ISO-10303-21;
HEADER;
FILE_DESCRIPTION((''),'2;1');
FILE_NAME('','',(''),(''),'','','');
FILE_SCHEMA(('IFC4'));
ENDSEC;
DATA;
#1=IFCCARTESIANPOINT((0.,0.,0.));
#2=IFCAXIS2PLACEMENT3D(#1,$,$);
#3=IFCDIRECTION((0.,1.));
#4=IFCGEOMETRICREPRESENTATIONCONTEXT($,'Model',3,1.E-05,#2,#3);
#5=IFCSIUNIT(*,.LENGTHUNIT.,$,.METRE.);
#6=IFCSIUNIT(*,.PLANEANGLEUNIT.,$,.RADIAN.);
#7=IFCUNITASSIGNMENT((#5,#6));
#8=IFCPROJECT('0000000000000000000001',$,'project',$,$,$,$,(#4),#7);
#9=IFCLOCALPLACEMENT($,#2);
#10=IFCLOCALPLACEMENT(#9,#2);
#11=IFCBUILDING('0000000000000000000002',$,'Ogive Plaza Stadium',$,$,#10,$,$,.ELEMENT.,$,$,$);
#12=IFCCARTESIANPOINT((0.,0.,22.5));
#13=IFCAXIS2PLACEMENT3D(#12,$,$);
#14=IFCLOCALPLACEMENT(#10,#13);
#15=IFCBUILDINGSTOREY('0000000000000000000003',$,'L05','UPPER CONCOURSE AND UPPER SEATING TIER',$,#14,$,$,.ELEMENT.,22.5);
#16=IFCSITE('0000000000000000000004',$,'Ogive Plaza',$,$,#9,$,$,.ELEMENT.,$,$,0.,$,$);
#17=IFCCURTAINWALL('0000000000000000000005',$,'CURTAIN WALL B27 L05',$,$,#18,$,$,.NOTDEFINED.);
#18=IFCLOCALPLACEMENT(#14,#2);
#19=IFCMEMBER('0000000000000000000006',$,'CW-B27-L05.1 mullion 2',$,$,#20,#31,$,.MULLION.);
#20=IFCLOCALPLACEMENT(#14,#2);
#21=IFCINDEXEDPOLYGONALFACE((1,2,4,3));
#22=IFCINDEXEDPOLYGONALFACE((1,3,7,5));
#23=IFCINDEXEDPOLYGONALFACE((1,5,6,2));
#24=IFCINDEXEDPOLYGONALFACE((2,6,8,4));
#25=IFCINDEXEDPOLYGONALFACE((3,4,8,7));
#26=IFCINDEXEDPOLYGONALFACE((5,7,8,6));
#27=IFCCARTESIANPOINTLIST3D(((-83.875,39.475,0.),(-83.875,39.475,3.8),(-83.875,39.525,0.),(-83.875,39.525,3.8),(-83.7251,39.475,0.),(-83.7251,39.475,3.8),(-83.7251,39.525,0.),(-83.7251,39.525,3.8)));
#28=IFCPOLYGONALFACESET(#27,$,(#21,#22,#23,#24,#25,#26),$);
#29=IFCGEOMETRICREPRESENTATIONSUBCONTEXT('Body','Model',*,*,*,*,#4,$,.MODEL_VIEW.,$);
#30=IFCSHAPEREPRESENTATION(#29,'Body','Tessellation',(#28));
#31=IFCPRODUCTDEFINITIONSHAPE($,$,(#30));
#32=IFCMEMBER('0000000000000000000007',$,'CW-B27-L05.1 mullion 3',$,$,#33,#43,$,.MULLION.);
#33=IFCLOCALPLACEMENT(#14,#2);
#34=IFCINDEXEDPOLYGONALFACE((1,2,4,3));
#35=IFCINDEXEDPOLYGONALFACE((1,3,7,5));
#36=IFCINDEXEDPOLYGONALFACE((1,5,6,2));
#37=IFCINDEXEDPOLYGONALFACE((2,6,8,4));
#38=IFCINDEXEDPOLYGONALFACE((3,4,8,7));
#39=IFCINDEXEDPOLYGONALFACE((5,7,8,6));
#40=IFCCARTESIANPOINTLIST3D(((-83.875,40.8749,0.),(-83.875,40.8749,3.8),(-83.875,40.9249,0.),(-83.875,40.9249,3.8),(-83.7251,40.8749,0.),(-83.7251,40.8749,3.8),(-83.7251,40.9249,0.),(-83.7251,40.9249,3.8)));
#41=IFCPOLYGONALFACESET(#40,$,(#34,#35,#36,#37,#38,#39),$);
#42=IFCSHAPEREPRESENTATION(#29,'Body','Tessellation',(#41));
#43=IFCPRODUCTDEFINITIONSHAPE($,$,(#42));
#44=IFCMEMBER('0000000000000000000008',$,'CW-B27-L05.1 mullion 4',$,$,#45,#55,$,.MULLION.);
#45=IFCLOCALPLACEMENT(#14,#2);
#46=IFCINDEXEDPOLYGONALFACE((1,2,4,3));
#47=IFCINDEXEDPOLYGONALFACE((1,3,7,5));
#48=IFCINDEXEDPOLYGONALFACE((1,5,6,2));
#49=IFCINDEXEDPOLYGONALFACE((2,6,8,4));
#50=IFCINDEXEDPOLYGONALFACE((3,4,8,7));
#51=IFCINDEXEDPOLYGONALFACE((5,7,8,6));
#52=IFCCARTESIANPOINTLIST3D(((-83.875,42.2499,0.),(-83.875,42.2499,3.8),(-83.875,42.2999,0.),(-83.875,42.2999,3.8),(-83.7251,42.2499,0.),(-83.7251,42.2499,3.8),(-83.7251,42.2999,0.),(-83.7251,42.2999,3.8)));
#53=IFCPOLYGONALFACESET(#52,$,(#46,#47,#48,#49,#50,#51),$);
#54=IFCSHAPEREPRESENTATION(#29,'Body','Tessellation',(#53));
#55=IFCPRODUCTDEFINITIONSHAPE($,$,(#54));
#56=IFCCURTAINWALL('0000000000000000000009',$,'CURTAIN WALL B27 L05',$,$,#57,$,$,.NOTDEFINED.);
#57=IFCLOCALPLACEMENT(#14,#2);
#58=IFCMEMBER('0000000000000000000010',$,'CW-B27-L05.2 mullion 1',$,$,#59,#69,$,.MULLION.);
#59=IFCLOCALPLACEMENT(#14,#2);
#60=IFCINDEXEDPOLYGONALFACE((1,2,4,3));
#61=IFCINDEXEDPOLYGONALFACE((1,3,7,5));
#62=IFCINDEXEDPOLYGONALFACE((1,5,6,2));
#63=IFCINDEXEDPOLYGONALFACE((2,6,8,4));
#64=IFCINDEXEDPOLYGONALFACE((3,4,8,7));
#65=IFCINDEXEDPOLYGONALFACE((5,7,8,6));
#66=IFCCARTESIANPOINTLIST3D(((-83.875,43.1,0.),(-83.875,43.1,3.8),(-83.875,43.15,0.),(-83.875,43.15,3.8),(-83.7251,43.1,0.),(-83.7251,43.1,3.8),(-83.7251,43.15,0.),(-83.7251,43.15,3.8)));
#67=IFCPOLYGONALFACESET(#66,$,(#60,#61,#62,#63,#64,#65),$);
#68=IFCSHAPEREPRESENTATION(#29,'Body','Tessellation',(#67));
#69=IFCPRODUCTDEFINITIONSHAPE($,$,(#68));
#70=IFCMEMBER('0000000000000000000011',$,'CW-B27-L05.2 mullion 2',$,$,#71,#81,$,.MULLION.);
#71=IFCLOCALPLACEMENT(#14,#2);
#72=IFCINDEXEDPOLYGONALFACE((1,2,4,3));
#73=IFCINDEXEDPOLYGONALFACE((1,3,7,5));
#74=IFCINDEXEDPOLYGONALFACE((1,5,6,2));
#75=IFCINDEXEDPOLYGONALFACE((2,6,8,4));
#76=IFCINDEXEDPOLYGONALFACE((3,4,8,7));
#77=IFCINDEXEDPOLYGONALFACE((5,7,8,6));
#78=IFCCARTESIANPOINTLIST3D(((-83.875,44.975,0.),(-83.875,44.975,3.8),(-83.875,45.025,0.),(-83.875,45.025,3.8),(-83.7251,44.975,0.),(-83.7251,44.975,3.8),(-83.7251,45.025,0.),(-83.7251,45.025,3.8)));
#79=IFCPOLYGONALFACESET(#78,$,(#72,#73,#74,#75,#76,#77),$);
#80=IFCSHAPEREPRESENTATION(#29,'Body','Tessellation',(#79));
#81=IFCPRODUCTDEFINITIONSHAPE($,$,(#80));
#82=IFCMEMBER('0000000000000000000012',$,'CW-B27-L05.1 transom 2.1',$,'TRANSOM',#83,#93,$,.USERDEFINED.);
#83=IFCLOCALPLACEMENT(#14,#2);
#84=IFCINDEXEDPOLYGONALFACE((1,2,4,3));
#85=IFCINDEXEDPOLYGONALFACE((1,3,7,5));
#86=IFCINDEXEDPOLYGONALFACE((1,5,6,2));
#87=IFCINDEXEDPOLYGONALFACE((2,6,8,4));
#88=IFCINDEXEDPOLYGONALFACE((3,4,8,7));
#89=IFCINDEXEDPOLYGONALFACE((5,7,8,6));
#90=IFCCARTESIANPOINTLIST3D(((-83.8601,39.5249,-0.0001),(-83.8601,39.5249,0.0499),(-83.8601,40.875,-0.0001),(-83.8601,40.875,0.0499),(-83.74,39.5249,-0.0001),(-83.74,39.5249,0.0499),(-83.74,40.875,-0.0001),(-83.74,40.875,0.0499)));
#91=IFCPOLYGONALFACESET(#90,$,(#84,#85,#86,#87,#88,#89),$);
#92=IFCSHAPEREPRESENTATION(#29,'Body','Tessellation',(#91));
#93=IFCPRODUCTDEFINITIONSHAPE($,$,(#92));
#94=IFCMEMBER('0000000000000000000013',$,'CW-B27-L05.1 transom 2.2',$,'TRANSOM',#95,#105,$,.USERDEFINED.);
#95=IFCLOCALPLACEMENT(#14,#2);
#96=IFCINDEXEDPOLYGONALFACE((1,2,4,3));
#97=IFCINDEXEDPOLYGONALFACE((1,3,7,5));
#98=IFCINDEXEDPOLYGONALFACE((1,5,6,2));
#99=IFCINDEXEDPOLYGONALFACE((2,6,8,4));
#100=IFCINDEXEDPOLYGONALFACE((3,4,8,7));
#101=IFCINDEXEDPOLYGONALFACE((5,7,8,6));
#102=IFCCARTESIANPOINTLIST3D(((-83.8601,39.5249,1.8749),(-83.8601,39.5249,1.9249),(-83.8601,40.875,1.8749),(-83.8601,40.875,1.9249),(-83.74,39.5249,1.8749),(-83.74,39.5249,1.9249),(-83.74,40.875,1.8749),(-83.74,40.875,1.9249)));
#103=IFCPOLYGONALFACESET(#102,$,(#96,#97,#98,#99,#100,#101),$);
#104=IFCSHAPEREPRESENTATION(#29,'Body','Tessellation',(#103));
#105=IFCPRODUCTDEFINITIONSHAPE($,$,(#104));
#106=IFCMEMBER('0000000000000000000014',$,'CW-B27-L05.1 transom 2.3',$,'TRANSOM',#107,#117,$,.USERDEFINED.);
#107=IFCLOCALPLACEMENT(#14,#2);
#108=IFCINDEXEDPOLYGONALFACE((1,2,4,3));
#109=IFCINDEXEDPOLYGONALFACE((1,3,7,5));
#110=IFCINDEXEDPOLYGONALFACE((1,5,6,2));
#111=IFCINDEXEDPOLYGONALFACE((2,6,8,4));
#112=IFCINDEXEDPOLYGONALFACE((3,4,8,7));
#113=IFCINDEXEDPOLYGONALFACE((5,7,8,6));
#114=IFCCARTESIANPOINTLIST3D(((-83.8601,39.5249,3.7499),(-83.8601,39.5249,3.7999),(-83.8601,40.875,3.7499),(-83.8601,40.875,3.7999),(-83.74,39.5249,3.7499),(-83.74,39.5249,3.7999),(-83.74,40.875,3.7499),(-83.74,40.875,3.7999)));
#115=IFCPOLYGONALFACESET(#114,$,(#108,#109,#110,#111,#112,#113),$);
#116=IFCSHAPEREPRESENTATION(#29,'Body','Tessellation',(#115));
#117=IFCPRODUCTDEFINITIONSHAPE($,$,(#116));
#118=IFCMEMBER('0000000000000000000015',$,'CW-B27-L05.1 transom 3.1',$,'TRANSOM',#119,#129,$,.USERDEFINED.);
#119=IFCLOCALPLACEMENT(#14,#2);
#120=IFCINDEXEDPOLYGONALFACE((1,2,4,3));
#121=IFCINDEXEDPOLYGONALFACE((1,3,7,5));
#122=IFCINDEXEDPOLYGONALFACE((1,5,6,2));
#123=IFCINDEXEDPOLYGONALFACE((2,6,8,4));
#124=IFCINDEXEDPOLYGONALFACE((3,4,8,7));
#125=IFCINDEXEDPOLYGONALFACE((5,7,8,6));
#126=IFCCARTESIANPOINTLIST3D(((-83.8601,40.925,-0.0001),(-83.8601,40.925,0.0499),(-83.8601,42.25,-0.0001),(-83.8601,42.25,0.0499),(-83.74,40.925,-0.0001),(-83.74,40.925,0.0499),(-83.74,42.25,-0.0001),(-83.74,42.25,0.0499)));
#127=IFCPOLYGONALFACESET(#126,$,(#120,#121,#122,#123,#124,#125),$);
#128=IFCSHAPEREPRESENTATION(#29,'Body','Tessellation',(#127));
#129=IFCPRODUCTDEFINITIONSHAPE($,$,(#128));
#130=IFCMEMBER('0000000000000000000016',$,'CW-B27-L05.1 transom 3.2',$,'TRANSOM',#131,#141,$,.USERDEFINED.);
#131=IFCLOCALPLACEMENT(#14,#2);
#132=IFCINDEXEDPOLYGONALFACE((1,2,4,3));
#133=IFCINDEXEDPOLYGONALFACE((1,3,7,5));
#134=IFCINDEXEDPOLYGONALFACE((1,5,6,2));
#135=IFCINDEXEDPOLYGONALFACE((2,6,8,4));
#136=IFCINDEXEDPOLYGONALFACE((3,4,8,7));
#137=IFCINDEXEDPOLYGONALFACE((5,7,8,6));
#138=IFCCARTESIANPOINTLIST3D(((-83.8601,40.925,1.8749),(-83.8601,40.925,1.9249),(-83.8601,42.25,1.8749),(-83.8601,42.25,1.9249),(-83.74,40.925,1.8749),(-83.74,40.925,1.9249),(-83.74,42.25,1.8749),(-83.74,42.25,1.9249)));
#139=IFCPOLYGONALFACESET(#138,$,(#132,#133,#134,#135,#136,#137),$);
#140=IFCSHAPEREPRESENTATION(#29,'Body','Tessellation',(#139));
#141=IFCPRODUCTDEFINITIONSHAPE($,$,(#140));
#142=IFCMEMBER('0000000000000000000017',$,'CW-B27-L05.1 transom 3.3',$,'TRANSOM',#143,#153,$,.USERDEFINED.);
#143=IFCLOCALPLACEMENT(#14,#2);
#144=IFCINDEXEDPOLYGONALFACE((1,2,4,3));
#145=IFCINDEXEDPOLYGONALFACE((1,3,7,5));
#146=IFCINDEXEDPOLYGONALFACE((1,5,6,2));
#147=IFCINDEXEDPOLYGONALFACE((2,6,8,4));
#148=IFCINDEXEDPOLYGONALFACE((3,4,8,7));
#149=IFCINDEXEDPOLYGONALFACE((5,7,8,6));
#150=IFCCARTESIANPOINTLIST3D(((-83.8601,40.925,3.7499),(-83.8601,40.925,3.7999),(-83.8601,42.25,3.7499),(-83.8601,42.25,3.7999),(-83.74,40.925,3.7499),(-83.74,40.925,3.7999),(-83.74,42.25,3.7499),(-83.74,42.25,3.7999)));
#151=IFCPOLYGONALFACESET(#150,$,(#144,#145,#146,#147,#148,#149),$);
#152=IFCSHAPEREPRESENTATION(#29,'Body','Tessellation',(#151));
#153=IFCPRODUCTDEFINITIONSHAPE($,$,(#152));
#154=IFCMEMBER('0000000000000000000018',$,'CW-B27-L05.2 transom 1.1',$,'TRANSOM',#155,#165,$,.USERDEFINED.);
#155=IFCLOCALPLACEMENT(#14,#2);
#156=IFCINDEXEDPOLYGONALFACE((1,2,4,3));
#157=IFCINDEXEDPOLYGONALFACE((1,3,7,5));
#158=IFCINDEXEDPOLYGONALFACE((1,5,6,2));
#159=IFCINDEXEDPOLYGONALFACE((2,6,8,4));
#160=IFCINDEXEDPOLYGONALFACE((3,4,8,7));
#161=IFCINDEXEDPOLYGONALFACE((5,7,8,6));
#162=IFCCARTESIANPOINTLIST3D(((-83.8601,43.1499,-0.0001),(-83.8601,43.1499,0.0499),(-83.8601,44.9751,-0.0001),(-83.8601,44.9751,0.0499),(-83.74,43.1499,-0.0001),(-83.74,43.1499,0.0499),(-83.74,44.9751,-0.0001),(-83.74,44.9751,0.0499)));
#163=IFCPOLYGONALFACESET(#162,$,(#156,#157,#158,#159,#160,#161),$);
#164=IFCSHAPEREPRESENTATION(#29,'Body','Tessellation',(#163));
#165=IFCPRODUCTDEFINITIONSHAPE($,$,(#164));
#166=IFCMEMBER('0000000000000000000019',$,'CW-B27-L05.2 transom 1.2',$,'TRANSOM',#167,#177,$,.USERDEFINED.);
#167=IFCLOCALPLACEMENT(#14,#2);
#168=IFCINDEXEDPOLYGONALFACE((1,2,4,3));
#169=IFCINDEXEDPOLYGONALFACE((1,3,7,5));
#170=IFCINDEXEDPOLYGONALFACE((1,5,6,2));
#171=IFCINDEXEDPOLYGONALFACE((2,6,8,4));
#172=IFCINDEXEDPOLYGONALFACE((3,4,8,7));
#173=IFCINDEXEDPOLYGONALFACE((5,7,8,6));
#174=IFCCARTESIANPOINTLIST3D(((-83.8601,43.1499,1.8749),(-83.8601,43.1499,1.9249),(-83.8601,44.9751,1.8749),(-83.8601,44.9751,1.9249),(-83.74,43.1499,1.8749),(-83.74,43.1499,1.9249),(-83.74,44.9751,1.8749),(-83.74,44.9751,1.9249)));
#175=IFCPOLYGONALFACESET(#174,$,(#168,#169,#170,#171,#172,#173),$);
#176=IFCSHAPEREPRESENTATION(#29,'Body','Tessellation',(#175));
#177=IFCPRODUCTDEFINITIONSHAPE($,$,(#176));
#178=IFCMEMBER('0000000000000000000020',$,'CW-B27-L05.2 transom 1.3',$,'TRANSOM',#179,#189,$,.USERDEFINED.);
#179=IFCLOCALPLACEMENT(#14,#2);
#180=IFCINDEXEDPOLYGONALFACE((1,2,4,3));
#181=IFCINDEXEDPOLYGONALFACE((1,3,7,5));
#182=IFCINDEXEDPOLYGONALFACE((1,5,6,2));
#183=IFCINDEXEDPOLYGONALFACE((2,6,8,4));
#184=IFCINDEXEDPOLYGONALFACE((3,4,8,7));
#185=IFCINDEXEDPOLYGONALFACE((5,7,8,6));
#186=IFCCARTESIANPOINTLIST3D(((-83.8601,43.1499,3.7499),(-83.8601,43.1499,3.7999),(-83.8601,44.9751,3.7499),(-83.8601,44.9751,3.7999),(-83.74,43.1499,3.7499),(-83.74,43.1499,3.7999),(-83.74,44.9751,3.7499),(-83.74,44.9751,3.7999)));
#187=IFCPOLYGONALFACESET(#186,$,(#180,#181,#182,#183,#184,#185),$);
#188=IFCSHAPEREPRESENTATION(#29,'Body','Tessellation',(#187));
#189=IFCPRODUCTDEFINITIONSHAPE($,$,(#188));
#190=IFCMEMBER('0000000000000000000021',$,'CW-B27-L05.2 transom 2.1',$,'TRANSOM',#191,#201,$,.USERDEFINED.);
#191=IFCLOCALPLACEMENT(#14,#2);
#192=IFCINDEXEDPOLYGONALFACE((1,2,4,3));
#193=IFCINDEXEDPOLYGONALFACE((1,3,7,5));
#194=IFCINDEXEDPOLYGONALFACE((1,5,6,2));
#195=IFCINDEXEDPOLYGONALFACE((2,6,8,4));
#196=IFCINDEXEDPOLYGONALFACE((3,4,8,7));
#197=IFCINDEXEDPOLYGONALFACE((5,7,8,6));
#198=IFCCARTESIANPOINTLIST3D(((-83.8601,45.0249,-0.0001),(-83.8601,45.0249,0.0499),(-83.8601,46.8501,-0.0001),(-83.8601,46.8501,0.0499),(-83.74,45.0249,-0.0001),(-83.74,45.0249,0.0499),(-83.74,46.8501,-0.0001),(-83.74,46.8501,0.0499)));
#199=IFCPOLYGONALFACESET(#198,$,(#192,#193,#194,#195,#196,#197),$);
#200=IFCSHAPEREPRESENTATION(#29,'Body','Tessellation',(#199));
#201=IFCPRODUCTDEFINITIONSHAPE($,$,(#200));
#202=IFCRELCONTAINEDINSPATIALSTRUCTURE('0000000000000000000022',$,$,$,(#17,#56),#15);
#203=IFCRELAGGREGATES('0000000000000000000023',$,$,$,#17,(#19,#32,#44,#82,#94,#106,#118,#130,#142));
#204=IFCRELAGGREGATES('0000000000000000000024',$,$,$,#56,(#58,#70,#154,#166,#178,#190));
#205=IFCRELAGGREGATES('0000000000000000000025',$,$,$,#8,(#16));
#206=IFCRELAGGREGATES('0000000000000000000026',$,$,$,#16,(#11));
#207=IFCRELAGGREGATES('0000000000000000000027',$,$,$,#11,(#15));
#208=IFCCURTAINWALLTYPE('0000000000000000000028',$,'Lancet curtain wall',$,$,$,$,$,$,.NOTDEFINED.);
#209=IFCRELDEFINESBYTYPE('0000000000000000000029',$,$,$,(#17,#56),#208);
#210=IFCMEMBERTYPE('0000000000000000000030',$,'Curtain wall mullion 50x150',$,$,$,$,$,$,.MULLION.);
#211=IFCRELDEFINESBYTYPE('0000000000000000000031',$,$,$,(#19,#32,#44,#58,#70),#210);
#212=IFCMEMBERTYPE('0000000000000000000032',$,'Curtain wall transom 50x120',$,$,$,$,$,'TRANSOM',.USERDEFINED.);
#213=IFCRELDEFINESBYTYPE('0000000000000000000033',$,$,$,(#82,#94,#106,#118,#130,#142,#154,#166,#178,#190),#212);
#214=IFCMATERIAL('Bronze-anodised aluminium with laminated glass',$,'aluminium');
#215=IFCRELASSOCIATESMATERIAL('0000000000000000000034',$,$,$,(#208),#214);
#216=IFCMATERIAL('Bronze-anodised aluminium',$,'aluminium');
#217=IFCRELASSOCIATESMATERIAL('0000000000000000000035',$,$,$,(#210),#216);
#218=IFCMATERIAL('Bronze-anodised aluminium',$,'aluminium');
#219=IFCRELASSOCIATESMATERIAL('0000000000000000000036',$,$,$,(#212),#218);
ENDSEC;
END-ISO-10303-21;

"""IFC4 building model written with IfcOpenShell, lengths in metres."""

from ifc_helpers import new_model, si_unit, direction, frame, origin, origin_2d, place, context, subcontext, project, spatial, rectangle, extrude, material, material_profile, profile_set, type_object, element, aggregate, save


model = new_model("IFC4")

# Units and contexts
model_context = context("Model", 3, precision=1e-05, world=origin(), true_north=direction((0.0, 1.0)))
body_context = subcontext(model_context, "Body", "Model", "MODEL_VIEW")
ifc_project = project(units=[si_unit("LENGTHUNIT", "METRE"), si_unit("PLANEANGLEUNIT", "RADIAN")], contexts=[model_context])

# Site, building, storey
site_placement = place(None, origin())
site = spatial("IfcSite", under=ifc_project, at=site_placement, Name="Ogive Plaza", CompositionType="ELEMENT", RefElevation=0.0)
building_placement = place(site_placement, origin())
building = spatial("IfcBuilding", under=site, at=building_placement, Name="Ogive Plaza Stadium", CompositionType="ELEMENT")
storey_placement = place(building_placement, frame((0.0, 0.0, 22.5)))
storey = spatial("IfcBuildingStorey", under=building, at=storey_placement, Name="L05", Description="UPPER CONCOURSE AND UPPER SEATING TIER", CompositionType="ELEMENT", Elevation=22.5)

# Curtain walls, members
ifc_material_1 = material(Name="Bronze-anodised aluminium with laminated glass", Category="aluminium")
curtain_wall_type = type_object("IfcCurtainWallType", Name="Lancet curtain wall", PredefinedType="NOTDEFINED", material=ifc_material_1)
curtain_wall_1_placement = place(storey_placement, origin())
curtain_wall_1 = element("IfcCurtainWall", 1, at=curtain_wall_1_placement, inside=storey, type_object=curtain_wall_type, Name="CURTAIN WALL B27 L05", PredefinedType="NOTDEFINED")
ifc_material_2 = material(Name="Bronze-anodised aluminium", Category="aluminium")
ifc_material_profile_1 = material_profile(ifc_material_2, rectangle(XDim=0.1499, YDim=0.05, at=origin_2d()), Name="AL 150x50")
ifc_profile_set_1 = profile_set([ifc_material_profile_1], Name="Bronze-anodised aluminium")
member_type_1 = type_object("IfcMemberType", Name="Curtain wall mullion 50x150", PredefinedType="MULLION", material=ifc_profile_set_1)
member_1_placement = place(storey_placement, frame((-83.8, 39.5, 0.0), z_axis=(0.0, 0.0, 1.0), x_axis=(-1.0, 0.0, 0.0)))
member_1 = element("IfcMember", 2, at=member_1_placement, type_object=member_type_1, Name="CW-B27-L05.1 mullion 2", PredefinedType="MULLION", context=body_context, shape_type="SweptSolid", body=[
    extrude(rectangle(XDim=0.1499, YDim=0.05, at=origin_2d()), origin(), (0.0, 0.0, 1.0), 3.8),
])
member_2_placement = place(storey_placement, frame((-83.8, 40.8999, 0.0), z_axis=(0.0, 0.0, 1.0), x_axis=(-1.0, 0.0, 0.0)))
member_2 = element("IfcMember", 3, at=member_2_placement, type_object=member_type_1, Name="CW-B27-L05.1 mullion 3", PredefinedType="MULLION", context=body_context, shape_type="SweptSolid", body=[
    extrude(rectangle(XDim=0.1499, YDim=0.05, at=origin_2d()), origin(), (0.0, 0.0, 1.0), 3.8),
])
member_3_placement = place(storey_placement, frame((-83.8, 42.2749, 0.0), z_axis=(0.0, 0.0, 1.0), x_axis=(-1.0, 0.0, 0.0)))
member_3 = element("IfcMember", 4, at=member_3_placement, type_object=member_type_1, Name="CW-B27-L05.1 mullion 4", PredefinedType="MULLION", context=body_context, shape_type="SweptSolid", body=[
    extrude(rectangle(XDim=0.1499, YDim=0.05, at=origin_2d()), origin(), (0.0, 0.0, 1.0), 3.8),
])
curtain_wall_2_placement = place(storey_placement, origin())
curtain_wall_2 = element("IfcCurtainWall", 5, at=curtain_wall_2_placement, inside=storey, type_object=curtain_wall_type, Name="CURTAIN WALL B27 L05", PredefinedType="NOTDEFINED")
member_4_placement = place(storey_placement, frame((-83.8, 43.125, 0.0), z_axis=(0.0, 0.0, 1.0), x_axis=(-1.0, 0.0, 0.0)))
member_4 = element("IfcMember", 6, at=member_4_placement, type_object=member_type_1, Name="CW-B27-L05.2 mullion 1", PredefinedType="MULLION", context=body_context, shape_type="SweptSolid", body=[
    extrude(rectangle(XDim=0.1499, YDim=0.05, at=origin_2d()), origin(), (0.0, 0.0, 1.0), 3.8),
])
member_5_placement = place(storey_placement, frame((-83.8, 45.0, 0.0), z_axis=(0.0, 0.0, 1.0), x_axis=(-1.0, 0.0, 0.0)))
member_5 = element("IfcMember", 7, at=member_5_placement, type_object=member_type_1, Name="CW-B27-L05.2 mullion 2", PredefinedType="MULLION", context=body_context, shape_type="SweptSolid", body=[
    extrude(rectangle(XDim=0.1499, YDim=0.05, at=origin_2d()), origin(), (0.0, 0.0, 1.0), 3.8),
])

# Members
ifc_material_3 = material(Name="Bronze-anodised aluminium", Category="aluminium")
ifc_material_profile_2 = material_profile(ifc_material_3, rectangle(XDim=0.1201, YDim=0.05, at=origin_2d()), Name="AL 120x50")
ifc_profile_set_2 = profile_set([ifc_material_profile_2], Name="Bronze-anodised aluminium")
member_type_2 = type_object("IfcMemberType", Name="Curtain wall transom 50x120", ElementType="TRANSOM", PredefinedType="USERDEFINED", material=ifc_profile_set_2)
member_6_placement = place(storey_placement, frame((-83.8, 39.5249, 0.0249), z_axis=(0.0, 1.0, 0.0), x_axis=(-1.0, 0.0, 0.0)))
member_6 = element("IfcMember", 8, at=member_6_placement, type_object=member_type_2, Name="CW-B27-L05.1 transom 2.1", ObjectType="TRANSOM", PredefinedType="USERDEFINED", context=body_context, shape_type="SweptSolid", body=[
    extrude(rectangle(XDim=0.1201, YDim=0.05, at=origin_2d()), origin(), (0.0, 0.0, 1.0), 1.3501),
])
member_7_placement = place(storey_placement, frame((-83.8, 39.5249, 1.8999), z_axis=(0.0, 1.0, 0.0), x_axis=(-1.0, 0.0, 0.0)))
member_7 = element("IfcMember", 9, at=member_7_placement, type_object=member_type_2, Name="CW-B27-L05.1 transom 2.2", ObjectType="TRANSOM", PredefinedType="USERDEFINED", context=body_context, shape_type="SweptSolid", body=[
    extrude(rectangle(XDim=0.1201, YDim=0.05, at=origin_2d()), origin(), (0.0, 0.0, 1.0), 1.3501),
])
member_8_placement = place(storey_placement, frame((-83.8, 39.5249, 3.7749), z_axis=(0.0, 1.0, 0.0), x_axis=(-1.0, 0.0, 0.0)))
member_8 = element("IfcMember", 10, at=member_8_placement, type_object=member_type_2, Name="CW-B27-L05.1 transom 2.3", ObjectType="TRANSOM", PredefinedType="USERDEFINED", context=body_context, shape_type="SweptSolid", body=[
    extrude(rectangle(XDim=0.1201, YDim=0.05, at=origin_2d()), origin(), (0.0, 0.0, 1.0), 1.3501),
])
member_9_placement = place(storey_placement, frame((-83.8, 40.925, 0.0249), z_axis=(0.0, 1.0, 0.0), x_axis=(-1.0, 0.0, 0.0)))
member_9 = element("IfcMember", 11, at=member_9_placement, type_object=member_type_2, Name="CW-B27-L05.1 transom 3.1", ObjectType="TRANSOM", PredefinedType="USERDEFINED", context=body_context, shape_type="SweptSolid", body=[
    extrude(rectangle(XDim=0.1201, YDim=0.05, at=origin_2d()), origin(), (0.0, 0.0, 1.0), 1.325),
])
member_10_placement = place(storey_placement, frame((-83.8, 40.925, 1.8999), z_axis=(0.0, 1.0, 0.0), x_axis=(-1.0, 0.0, 0.0)))
member_10 = element("IfcMember", 12, at=member_10_placement, type_object=member_type_2, Name="CW-B27-L05.1 transom 3.2", ObjectType="TRANSOM", PredefinedType="USERDEFINED", context=body_context, shape_type="SweptSolid", body=[
    extrude(rectangle(XDim=0.1201, YDim=0.05, at=origin_2d()), origin(), (0.0, 0.0, 1.0), 1.325),
])
member_11_placement = place(storey_placement, frame((-83.8, 40.925, 3.7749), z_axis=(0.0, 1.0, 0.0), x_axis=(-1.0, 0.0, 0.0)))
member_11 = element("IfcMember", 13, at=member_11_placement, type_object=member_type_2, Name="CW-B27-L05.1 transom 3.3", ObjectType="TRANSOM", PredefinedType="USERDEFINED", context=body_context, shape_type="SweptSolid", body=[
    extrude(rectangle(XDim=0.1201, YDim=0.05, at=origin_2d()), origin(), (0.0, 0.0, 1.0), 1.325),
])
member_12_placement = place(storey_placement, frame((-83.8, 43.1499, 0.0249), z_axis=(0.0, 1.0, 0.0), x_axis=(-1.0, 0.0, 0.0)))
member_12 = element("IfcMember", 14, at=member_12_placement, type_object=member_type_2, Name="CW-B27-L05.2 transom 1.1", ObjectType="TRANSOM", PredefinedType="USERDEFINED", context=body_context, shape_type="SweptSolid", body=[
    extrude(rectangle(XDim=0.1201, YDim=0.05, at=origin_2d()), origin(), (0.0, 0.0, 1.0), 1.8252),
])
member_13_placement = place(storey_placement, frame((-83.8, 43.1499, 1.8999), z_axis=(0.0, 1.0, 0.0), x_axis=(-1.0, 0.0, 0.0)))
member_13 = element("IfcMember", 15, at=member_13_placement, type_object=member_type_2, Name="CW-B27-L05.2 transom 1.2", ObjectType="TRANSOM", PredefinedType="USERDEFINED", context=body_context, shape_type="SweptSolid", body=[
    extrude(rectangle(XDim=0.1201, YDim=0.05, at=origin_2d()), origin(), (0.0, 0.0, 1.0), 1.8252),
])
member_14_placement = place(storey_placement, frame((-83.8, 43.1499, 3.7749), z_axis=(0.0, 1.0, 0.0), x_axis=(-1.0, 0.0, 0.0)))
member_14 = element("IfcMember", 16, at=member_14_placement, type_object=member_type_2, Name="CW-B27-L05.2 transom 1.3", ObjectType="TRANSOM", PredefinedType="USERDEFINED", context=body_context, shape_type="SweptSolid", body=[
    extrude(rectangle(XDim=0.1201, YDim=0.05, at=origin_2d()), origin(), (0.0, 0.0, 1.0), 1.8252),
])
member_15_placement = place(storey_placement, frame((-83.8, 45.0249, 0.0249), z_axis=(0.0, 1.0, 0.0), x_axis=(-1.0, 0.0, 0.0)))
member_15 = element("IfcMember", 17, at=member_15_placement, type_object=member_type_2, Name="CW-B27-L05.2 transom 2.1", ObjectType="TRANSOM", PredefinedType="USERDEFINED", context=body_context, shape_type="SweptSolid", body=[
    extrude(rectangle(XDim=0.1201, YDim=0.05, at=origin_2d()), origin(), (0.0, 0.0, 1.0), 1.8252),
])

aggregate(curtain_wall_1, [member_1, member_2, member_3, member_6, member_7, member_8, member_9, member_10, member_11])
aggregate(curtain_wall_2, [member_4, member_5, member_12, member_13, member_14, member_15])

save(model, "model.ifc")
